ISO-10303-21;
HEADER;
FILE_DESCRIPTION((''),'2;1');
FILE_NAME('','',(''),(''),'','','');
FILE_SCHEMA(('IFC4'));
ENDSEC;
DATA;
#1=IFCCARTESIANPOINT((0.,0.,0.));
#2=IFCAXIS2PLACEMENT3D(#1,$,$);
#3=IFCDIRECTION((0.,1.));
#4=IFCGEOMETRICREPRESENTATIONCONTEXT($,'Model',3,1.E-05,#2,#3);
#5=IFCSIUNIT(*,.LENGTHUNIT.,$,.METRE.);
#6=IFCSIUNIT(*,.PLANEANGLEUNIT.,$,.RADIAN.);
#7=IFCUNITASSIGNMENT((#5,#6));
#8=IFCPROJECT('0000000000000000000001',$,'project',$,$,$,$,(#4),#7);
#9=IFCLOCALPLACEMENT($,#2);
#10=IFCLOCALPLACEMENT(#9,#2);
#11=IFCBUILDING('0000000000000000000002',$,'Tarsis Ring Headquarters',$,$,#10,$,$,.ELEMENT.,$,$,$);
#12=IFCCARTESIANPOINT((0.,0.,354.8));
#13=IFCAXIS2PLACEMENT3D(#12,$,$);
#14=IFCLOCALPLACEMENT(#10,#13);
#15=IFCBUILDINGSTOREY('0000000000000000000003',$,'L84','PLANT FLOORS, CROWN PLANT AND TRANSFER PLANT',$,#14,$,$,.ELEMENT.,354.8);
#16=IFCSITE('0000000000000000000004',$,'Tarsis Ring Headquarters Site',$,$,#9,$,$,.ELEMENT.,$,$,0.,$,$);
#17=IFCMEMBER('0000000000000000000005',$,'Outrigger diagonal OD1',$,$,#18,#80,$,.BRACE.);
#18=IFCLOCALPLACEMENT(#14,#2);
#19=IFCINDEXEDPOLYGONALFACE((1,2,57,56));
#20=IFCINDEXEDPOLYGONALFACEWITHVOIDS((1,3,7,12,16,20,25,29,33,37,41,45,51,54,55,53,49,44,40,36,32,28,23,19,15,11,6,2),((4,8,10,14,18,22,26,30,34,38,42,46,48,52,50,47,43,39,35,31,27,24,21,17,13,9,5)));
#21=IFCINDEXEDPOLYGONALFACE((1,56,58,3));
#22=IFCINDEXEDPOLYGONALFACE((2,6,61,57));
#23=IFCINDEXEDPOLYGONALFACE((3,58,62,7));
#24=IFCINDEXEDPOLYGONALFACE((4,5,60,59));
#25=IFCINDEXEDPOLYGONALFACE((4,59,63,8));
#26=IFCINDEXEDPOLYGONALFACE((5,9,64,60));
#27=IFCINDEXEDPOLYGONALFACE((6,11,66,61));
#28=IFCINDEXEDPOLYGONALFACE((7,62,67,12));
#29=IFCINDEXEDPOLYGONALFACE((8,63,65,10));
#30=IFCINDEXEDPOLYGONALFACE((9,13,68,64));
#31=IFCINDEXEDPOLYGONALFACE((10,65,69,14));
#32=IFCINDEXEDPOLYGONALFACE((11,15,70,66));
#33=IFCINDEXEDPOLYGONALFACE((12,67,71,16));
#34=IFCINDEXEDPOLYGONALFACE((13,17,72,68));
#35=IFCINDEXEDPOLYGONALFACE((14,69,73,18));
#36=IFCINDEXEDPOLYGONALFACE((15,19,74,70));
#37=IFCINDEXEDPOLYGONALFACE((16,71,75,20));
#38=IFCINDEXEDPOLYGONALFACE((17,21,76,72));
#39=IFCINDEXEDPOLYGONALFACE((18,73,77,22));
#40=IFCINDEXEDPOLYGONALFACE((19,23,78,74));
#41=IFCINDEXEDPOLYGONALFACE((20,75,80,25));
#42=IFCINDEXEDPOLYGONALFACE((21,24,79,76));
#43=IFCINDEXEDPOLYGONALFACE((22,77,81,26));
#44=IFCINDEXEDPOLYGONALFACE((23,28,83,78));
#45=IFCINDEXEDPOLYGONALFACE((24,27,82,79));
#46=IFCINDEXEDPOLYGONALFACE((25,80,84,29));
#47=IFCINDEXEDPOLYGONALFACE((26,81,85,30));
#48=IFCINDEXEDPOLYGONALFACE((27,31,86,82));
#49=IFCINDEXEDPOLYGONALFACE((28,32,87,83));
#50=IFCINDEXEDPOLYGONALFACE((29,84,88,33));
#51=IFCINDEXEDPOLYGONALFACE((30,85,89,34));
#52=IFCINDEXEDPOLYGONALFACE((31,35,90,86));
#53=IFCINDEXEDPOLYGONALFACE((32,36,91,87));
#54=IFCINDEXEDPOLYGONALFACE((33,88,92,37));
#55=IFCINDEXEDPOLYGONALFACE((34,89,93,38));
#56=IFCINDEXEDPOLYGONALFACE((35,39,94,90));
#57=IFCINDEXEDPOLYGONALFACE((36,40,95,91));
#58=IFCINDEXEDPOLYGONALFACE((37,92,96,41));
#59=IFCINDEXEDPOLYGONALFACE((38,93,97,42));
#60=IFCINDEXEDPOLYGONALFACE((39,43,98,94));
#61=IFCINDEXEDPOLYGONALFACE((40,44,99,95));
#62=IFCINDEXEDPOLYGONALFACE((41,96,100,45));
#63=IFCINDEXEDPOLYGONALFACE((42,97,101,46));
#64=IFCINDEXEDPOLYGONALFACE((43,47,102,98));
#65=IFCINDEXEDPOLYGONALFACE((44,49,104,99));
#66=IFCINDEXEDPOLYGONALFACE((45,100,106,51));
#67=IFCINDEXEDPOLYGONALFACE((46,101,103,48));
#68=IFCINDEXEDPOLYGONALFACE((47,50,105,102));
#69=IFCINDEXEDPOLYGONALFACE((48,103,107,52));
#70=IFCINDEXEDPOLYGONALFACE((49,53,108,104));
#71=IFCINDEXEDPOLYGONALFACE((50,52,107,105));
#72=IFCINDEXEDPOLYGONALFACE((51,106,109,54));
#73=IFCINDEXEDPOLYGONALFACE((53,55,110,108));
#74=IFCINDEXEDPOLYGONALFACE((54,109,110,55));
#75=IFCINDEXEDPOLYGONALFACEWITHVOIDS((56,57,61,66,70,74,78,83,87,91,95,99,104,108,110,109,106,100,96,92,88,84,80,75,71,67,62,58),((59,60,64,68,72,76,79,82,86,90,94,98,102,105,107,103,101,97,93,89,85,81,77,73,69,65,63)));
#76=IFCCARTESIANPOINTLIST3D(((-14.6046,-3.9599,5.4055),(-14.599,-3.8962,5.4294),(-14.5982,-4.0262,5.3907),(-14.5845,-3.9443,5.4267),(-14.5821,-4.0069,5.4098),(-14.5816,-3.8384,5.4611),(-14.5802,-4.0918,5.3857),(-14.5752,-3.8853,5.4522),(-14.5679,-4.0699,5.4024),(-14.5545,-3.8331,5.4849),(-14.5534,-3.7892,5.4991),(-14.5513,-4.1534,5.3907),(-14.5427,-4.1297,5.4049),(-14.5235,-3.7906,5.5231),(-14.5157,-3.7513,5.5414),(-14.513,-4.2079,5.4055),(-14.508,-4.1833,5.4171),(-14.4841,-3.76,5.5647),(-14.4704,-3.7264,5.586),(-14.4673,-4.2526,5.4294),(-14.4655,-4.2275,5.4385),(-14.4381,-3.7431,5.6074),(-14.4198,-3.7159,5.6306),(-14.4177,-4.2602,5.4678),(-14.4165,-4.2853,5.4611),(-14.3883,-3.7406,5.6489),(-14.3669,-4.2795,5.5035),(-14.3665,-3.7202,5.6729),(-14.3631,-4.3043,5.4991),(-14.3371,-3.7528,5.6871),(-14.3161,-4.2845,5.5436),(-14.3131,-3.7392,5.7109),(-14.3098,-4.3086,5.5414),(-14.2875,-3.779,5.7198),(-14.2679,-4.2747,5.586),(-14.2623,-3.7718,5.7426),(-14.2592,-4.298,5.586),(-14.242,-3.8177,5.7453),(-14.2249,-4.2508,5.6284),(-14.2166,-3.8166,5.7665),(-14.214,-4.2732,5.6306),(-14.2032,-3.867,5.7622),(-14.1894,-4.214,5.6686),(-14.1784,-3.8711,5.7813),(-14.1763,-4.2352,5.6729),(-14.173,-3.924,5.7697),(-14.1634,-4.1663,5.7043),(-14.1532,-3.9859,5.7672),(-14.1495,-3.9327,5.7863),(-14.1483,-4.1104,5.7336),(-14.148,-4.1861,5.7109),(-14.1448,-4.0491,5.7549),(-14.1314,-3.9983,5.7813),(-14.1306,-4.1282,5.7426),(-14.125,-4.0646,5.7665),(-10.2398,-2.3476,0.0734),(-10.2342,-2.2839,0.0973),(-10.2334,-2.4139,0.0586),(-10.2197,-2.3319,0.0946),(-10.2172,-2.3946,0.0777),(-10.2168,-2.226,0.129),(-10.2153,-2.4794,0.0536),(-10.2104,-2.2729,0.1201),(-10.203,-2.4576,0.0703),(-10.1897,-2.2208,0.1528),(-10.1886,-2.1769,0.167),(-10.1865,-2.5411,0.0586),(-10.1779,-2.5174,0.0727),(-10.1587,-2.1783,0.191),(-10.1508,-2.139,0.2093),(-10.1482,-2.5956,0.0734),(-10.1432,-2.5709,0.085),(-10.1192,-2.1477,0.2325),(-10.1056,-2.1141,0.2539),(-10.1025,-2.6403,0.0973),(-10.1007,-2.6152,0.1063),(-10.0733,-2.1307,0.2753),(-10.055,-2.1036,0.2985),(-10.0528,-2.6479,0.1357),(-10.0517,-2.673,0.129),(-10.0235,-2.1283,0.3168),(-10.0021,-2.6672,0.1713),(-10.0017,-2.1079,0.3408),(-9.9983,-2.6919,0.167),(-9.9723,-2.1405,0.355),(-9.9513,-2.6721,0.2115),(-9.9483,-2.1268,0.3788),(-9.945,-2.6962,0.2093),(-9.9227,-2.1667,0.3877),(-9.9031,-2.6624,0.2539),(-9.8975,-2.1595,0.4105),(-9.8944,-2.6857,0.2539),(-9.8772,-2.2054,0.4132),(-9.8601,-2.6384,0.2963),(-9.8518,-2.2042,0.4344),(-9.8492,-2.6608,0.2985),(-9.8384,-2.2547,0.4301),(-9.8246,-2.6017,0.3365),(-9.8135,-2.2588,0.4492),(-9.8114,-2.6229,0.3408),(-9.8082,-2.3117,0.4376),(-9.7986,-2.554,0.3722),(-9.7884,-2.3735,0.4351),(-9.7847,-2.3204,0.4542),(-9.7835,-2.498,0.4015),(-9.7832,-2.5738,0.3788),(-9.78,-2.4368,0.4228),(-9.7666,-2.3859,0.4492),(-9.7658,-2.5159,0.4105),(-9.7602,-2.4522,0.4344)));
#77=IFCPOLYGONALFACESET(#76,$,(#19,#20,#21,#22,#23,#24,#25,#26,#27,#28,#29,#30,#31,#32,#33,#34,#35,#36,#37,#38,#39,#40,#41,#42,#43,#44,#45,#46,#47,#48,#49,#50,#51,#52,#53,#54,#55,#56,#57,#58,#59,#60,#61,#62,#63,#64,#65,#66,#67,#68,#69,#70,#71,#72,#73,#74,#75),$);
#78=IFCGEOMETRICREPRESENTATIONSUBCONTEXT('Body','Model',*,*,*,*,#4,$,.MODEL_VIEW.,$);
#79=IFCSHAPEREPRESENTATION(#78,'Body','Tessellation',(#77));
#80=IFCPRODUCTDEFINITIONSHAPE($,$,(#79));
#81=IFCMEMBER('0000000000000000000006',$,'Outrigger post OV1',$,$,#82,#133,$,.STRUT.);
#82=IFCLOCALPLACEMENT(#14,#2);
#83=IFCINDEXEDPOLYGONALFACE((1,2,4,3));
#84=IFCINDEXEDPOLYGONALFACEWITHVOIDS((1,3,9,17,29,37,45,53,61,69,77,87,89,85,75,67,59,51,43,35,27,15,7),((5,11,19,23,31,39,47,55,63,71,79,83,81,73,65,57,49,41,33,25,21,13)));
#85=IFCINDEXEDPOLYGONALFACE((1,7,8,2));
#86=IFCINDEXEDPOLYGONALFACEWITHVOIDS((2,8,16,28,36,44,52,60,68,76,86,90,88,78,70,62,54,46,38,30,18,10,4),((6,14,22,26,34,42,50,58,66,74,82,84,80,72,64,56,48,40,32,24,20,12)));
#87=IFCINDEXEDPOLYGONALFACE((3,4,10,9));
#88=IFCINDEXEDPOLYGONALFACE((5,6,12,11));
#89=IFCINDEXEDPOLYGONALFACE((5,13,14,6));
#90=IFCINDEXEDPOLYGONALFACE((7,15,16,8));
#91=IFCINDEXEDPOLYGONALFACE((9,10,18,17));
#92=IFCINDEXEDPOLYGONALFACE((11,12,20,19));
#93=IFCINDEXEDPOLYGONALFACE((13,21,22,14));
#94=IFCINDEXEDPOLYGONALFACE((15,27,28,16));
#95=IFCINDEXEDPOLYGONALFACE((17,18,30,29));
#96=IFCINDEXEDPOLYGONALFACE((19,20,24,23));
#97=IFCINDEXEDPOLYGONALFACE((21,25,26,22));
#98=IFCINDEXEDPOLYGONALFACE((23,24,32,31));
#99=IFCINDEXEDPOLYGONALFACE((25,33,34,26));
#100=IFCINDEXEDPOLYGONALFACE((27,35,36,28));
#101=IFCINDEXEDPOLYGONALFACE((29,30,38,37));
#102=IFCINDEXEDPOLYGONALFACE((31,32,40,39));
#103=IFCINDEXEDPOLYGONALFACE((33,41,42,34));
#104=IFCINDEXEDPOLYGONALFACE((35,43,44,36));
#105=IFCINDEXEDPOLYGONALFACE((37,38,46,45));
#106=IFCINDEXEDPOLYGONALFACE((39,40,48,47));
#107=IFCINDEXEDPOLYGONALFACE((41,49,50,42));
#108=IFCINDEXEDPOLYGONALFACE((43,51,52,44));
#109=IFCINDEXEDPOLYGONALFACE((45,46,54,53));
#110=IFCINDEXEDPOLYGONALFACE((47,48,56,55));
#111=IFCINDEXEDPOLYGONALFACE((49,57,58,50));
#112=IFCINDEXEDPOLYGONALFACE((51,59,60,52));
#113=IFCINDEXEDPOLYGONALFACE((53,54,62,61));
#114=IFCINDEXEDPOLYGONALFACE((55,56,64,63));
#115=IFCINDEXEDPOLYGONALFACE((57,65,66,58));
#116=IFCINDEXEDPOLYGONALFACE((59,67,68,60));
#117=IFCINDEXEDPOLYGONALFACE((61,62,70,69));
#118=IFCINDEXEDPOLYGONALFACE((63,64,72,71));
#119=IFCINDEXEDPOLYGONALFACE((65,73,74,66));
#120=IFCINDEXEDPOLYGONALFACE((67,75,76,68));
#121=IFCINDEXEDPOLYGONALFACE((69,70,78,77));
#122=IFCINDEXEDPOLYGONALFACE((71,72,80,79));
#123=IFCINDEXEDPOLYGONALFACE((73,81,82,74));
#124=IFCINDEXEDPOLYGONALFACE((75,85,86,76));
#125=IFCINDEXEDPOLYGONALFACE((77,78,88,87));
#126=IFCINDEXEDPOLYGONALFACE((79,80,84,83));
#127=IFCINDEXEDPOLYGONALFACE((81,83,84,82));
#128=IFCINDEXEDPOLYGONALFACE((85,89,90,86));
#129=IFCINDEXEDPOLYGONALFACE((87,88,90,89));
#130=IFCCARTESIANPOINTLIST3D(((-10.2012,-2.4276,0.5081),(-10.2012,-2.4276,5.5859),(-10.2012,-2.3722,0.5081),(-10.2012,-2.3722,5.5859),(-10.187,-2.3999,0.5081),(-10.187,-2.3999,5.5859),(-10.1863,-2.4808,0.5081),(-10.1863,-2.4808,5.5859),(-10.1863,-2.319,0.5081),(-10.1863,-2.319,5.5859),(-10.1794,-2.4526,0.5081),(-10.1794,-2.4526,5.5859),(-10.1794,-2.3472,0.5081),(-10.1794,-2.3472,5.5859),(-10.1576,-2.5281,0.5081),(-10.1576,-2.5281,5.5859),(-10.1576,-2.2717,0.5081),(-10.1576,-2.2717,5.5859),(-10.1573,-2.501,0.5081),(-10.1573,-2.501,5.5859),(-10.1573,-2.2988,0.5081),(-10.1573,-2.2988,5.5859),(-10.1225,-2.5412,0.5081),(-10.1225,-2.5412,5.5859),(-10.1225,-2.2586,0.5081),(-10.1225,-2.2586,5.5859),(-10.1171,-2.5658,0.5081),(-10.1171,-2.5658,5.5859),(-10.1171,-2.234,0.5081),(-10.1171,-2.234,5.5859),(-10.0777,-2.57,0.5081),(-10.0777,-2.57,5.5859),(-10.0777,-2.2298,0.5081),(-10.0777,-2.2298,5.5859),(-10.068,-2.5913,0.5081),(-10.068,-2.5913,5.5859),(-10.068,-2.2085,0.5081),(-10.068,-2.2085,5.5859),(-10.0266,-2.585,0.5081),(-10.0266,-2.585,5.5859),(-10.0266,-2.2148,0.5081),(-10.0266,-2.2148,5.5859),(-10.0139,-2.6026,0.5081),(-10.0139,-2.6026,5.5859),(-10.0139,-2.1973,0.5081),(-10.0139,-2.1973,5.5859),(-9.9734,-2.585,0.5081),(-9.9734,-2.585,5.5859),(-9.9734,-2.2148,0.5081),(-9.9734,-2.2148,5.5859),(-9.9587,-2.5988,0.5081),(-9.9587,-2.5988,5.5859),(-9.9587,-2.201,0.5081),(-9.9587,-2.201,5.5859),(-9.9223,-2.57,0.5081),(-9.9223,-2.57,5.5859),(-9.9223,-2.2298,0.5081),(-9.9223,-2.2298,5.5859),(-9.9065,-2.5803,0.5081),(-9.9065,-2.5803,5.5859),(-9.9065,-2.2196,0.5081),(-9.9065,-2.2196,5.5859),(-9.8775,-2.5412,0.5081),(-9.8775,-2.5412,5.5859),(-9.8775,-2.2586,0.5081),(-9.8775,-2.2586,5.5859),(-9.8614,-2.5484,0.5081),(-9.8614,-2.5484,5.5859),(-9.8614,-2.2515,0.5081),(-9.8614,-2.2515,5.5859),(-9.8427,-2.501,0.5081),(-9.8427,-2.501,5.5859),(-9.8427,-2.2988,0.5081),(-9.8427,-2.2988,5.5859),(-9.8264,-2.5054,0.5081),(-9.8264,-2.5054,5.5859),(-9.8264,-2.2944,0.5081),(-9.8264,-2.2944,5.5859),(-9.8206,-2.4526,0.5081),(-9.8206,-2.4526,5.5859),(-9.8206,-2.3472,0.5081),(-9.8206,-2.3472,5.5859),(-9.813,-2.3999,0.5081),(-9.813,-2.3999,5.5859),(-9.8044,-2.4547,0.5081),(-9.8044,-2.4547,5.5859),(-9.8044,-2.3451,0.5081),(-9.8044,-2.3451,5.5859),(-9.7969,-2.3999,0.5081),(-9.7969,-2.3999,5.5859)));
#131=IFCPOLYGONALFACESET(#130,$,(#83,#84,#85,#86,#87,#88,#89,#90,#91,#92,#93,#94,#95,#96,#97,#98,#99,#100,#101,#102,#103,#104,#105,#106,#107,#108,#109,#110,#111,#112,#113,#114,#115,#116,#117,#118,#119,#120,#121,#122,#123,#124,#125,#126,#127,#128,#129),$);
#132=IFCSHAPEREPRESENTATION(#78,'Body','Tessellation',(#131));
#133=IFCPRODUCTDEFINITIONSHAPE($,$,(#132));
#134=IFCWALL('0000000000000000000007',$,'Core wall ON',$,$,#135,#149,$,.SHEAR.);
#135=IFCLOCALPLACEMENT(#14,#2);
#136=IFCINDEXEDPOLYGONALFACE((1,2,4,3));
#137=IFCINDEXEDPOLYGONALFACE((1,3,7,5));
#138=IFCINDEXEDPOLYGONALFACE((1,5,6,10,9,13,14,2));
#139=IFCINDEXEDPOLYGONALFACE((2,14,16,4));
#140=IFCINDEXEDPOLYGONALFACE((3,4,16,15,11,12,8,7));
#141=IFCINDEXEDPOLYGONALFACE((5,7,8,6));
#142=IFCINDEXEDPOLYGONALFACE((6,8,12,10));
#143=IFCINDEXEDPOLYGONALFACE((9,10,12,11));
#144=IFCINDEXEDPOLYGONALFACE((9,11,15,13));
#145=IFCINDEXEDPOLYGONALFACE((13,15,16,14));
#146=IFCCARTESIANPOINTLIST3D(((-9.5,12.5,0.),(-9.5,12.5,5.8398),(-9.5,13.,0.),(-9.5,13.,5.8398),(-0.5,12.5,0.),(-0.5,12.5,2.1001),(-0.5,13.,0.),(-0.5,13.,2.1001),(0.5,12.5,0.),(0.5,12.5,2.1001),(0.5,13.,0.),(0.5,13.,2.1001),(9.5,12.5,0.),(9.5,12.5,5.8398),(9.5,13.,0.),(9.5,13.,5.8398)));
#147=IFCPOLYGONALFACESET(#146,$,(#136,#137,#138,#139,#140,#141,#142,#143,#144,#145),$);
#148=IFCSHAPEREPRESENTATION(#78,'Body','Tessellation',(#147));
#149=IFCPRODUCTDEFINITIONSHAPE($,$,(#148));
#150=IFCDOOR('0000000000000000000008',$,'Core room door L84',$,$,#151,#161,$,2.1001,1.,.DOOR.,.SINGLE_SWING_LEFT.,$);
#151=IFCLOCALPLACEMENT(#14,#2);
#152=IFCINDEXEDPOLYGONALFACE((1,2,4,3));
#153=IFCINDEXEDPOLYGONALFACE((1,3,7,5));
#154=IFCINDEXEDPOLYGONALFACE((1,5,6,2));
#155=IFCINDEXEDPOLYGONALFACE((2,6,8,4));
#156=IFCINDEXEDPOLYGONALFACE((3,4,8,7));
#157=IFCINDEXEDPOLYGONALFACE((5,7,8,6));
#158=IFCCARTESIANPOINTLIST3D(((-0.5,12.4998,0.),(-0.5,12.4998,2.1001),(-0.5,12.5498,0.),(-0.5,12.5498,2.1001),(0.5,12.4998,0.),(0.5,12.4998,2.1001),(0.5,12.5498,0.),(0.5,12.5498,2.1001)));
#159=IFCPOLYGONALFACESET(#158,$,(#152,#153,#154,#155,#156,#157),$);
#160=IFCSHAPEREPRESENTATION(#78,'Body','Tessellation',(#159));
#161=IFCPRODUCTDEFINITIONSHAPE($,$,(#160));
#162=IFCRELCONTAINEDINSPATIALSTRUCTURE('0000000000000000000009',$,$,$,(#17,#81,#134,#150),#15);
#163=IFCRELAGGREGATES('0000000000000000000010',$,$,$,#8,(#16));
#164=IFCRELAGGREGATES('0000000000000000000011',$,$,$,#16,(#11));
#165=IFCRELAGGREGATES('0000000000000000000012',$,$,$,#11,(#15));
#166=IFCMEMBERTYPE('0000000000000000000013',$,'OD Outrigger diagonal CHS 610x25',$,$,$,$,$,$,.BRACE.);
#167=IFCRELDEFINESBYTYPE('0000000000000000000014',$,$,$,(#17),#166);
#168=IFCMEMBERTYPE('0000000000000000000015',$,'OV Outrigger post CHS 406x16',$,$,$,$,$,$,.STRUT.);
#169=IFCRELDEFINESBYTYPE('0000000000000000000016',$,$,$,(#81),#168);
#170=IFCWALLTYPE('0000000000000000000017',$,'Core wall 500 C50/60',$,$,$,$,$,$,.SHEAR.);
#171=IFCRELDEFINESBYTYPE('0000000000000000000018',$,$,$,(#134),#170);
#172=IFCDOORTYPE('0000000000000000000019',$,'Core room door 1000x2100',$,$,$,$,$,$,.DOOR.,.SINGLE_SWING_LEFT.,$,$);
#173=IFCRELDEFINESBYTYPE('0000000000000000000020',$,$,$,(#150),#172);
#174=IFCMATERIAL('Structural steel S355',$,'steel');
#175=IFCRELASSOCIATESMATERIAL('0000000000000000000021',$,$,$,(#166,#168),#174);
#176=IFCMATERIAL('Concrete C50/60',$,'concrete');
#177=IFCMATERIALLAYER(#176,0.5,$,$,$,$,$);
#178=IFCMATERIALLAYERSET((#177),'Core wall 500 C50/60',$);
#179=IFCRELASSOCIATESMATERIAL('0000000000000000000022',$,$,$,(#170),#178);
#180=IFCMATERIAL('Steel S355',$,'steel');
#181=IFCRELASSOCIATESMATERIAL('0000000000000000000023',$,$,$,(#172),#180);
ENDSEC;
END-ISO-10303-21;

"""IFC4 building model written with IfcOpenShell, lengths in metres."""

from ifc_helpers import new_model, si_unit, direction, frame, frame_2d, origin, origin_2d, place, context, subcontext, project, spatial, rectangle, hollow_circle, extrude, material, layer, layer_set, material_profile, profile_set, type_object, element, fill, save


model = new_model("IFC4")

# Units and contexts
model_context = context("Model", 3, precision=1e-05, world=origin(), true_north=direction((0.0, 1.0)))
body_context = subcontext(model_context, "Body", "Model", "MODEL_VIEW")
ifc_project = project(units=[si_unit("LENGTHUNIT", "METRE"), si_unit("PLANEANGLEUNIT", "RADIAN")], contexts=[model_context])

# Site, building, storey
site_placement = place(None, origin())
site = spatial("IfcSite", under=ifc_project, at=site_placement, Name="Tarsis Ring Headquarters Site", CompositionType="ELEMENT", RefElevation=0.0)
building_placement = place(site_placement, origin())
building = spatial("IfcBuilding", under=site, at=building_placement, Name="Tarsis Ring Headquarters", CompositionType="ELEMENT")
storey_placement = place(building_placement, frame((0.0, 0.0, 354.8)))
storey = spatial("IfcBuildingStorey", under=building, at=storey_placement, Name="L84", Description="PLANT FLOORS, CROWN PLANT AND TRANSFER PLANT", CompositionType="ELEMENT", Elevation=354.8)

# Members
ifc_material_1 = material(Name="Structural steel S355", Category="steel")
ifc_material_profile_1 = material_profile(ifc_material_1, hollow_circle(Radius=0.3047, WallThickness=0.0249, at=origin_2d()), Name="CHS 610x25")
ifc_profile_set_1 = profile_set([ifc_material_profile_1], Name="Structural steel S355")
member_type_1 = type_object("IfcMemberType", Name="OD Outrigger diagonal CHS 610x25", PredefinedType="BRACE", material=ifc_profile_set_1)
member_1_placement = place(storey_placement, frame((-10.0, -2.3999, 0.2539), z_axis=(-0.616768, -0.22783, 0.753452), x_axis=(0.346508, -0.938047, 0.0)))
element("IfcMember", 1, at=member_1_placement, inside=storey, type_object=member_type_1, Name="Outrigger diagonal OD1", PredefinedType="BRACE", context=body_context, shape_type="SweptSolid", body=[
    extrude(hollow_circle(Radius=0.3047, WallThickness=0.0249, at=origin_2d()), origin(), (0.0, 0.0, 1.0), 7.0769),
])
ifc_material_profile_2 = material_profile(ifc_material_1, hollow_circle(Radius=0.2031, WallThickness=0.0161, at=origin_2d()), Name="CHS 406x16")
ifc_profile_set_2 = profile_set([ifc_material_profile_2], Name="Structural steel S355")
member_type_2 = type_object("IfcMemberType", Name="OV Outrigger post CHS 406x16", PredefinedType="STRUT", material=ifc_profile_set_2)
member_2_placement = place(storey_placement, frame((-10.0, -2.3999, 0.5081), z_axis=(0.0, 0.0, 1.0), x_axis=(1.0, 0.0, 0.0)))
element("IfcMember", 2, at=member_2_placement, inside=storey, type_object=member_type_2, Name="Outrigger post OV1", PredefinedType="STRUT", context=body_context, shape_type="SweptSolid", body=[
    extrude(hollow_circle(Radius=0.2031, WallThickness=0.0161, at=origin_2d()), origin(), (0.0, 0.0, 1.0), 5.0779),
])

# Wall, opening, door
ifc_material_2 = material(Name="Concrete C50/60", Category="concrete")
ifc_layer_1 = layer(ifc_material_2, 0.5)
ifc_layer_set_1 = layer_set([ifc_layer_1], Name="Core wall 500 C50/60")
wall_type_1 = type_object("IfcWallType", Name="Core wall 500 C50/60", PredefinedType="SHEAR", material=ifc_layer_set_1)
wall_1_placement = place(storey_placement, frame((-9.5, 12.75, 0.0), z_axis=(0.0, 0.0, 1.0), x_axis=(1.0, 0.0, 0.0)))
wall_1 = element("IfcWall", 3, at=wall_1_placement, inside=storey, type_object=wall_type_1, Name="Core wall ON", PredefinedType="SHEAR", context=body_context, shape_type="SweptSolid", body=[
    extrude(rectangle(XDim=19.0, YDim=0.5, at=frame_2d((9.5, 0.0))), origin(), (0.0, 0.0, 1.0), 5.8398),
])
opening_1_placement = place(wall_1_placement, frame((9.0, 0.0, 0.0)))
opening_1 = element("IfcOpeningElement", 4, at=opening_1_placement, cuts=wall_1, PredefinedType="OPENING", context=body_context, shape_type="SweptSolid", body=[
    extrude(rectangle(XDim=1.0, YDim=2.1001, at=frame_2d((0.5, 1.05))), frame((0.0, 0.26, 0.0), z_axis=(0.0, -1.0, 0.0), x_axis=(1.0, 0.0, 0.0)), (0.0, 0.0, 1.0), 0.52),
])
ifc_material_3 = material(Name="Steel S355", Category="steel")
door_type_1 = type_object("IfcDoorType", Name="Core room door 1000x2100", OperationType="SINGLE_SWING_LEFT", PredefinedType="DOOR", material=ifc_material_3)
door_1_placement = place(opening_1_placement, origin())
door_1 = element("IfcDoor", 5, at=door_1_placement, inside=storey, type_object=door_type_1, Name="Core room door L84", OperationType="SINGLE_SWING_LEFT", OverallHeight=2.1001, OverallWidth=1.0, PredefinedType="DOOR", context=body_context, shape_type="SweptSolid", body=[
    extrude(rectangle(XDim=1.0, YDim=2.1001, at=frame_2d((0.5, 1.05))), frame((0.0, -0.2002, 0.0), z_axis=(0.0, -1.0, 0.0), x_axis=(1.0, 0.0, 0.0)), (0.0, 0.0, 1.0), 0.05),
])
fill(opening_1, door_1)

save(model, "model.ifc")
